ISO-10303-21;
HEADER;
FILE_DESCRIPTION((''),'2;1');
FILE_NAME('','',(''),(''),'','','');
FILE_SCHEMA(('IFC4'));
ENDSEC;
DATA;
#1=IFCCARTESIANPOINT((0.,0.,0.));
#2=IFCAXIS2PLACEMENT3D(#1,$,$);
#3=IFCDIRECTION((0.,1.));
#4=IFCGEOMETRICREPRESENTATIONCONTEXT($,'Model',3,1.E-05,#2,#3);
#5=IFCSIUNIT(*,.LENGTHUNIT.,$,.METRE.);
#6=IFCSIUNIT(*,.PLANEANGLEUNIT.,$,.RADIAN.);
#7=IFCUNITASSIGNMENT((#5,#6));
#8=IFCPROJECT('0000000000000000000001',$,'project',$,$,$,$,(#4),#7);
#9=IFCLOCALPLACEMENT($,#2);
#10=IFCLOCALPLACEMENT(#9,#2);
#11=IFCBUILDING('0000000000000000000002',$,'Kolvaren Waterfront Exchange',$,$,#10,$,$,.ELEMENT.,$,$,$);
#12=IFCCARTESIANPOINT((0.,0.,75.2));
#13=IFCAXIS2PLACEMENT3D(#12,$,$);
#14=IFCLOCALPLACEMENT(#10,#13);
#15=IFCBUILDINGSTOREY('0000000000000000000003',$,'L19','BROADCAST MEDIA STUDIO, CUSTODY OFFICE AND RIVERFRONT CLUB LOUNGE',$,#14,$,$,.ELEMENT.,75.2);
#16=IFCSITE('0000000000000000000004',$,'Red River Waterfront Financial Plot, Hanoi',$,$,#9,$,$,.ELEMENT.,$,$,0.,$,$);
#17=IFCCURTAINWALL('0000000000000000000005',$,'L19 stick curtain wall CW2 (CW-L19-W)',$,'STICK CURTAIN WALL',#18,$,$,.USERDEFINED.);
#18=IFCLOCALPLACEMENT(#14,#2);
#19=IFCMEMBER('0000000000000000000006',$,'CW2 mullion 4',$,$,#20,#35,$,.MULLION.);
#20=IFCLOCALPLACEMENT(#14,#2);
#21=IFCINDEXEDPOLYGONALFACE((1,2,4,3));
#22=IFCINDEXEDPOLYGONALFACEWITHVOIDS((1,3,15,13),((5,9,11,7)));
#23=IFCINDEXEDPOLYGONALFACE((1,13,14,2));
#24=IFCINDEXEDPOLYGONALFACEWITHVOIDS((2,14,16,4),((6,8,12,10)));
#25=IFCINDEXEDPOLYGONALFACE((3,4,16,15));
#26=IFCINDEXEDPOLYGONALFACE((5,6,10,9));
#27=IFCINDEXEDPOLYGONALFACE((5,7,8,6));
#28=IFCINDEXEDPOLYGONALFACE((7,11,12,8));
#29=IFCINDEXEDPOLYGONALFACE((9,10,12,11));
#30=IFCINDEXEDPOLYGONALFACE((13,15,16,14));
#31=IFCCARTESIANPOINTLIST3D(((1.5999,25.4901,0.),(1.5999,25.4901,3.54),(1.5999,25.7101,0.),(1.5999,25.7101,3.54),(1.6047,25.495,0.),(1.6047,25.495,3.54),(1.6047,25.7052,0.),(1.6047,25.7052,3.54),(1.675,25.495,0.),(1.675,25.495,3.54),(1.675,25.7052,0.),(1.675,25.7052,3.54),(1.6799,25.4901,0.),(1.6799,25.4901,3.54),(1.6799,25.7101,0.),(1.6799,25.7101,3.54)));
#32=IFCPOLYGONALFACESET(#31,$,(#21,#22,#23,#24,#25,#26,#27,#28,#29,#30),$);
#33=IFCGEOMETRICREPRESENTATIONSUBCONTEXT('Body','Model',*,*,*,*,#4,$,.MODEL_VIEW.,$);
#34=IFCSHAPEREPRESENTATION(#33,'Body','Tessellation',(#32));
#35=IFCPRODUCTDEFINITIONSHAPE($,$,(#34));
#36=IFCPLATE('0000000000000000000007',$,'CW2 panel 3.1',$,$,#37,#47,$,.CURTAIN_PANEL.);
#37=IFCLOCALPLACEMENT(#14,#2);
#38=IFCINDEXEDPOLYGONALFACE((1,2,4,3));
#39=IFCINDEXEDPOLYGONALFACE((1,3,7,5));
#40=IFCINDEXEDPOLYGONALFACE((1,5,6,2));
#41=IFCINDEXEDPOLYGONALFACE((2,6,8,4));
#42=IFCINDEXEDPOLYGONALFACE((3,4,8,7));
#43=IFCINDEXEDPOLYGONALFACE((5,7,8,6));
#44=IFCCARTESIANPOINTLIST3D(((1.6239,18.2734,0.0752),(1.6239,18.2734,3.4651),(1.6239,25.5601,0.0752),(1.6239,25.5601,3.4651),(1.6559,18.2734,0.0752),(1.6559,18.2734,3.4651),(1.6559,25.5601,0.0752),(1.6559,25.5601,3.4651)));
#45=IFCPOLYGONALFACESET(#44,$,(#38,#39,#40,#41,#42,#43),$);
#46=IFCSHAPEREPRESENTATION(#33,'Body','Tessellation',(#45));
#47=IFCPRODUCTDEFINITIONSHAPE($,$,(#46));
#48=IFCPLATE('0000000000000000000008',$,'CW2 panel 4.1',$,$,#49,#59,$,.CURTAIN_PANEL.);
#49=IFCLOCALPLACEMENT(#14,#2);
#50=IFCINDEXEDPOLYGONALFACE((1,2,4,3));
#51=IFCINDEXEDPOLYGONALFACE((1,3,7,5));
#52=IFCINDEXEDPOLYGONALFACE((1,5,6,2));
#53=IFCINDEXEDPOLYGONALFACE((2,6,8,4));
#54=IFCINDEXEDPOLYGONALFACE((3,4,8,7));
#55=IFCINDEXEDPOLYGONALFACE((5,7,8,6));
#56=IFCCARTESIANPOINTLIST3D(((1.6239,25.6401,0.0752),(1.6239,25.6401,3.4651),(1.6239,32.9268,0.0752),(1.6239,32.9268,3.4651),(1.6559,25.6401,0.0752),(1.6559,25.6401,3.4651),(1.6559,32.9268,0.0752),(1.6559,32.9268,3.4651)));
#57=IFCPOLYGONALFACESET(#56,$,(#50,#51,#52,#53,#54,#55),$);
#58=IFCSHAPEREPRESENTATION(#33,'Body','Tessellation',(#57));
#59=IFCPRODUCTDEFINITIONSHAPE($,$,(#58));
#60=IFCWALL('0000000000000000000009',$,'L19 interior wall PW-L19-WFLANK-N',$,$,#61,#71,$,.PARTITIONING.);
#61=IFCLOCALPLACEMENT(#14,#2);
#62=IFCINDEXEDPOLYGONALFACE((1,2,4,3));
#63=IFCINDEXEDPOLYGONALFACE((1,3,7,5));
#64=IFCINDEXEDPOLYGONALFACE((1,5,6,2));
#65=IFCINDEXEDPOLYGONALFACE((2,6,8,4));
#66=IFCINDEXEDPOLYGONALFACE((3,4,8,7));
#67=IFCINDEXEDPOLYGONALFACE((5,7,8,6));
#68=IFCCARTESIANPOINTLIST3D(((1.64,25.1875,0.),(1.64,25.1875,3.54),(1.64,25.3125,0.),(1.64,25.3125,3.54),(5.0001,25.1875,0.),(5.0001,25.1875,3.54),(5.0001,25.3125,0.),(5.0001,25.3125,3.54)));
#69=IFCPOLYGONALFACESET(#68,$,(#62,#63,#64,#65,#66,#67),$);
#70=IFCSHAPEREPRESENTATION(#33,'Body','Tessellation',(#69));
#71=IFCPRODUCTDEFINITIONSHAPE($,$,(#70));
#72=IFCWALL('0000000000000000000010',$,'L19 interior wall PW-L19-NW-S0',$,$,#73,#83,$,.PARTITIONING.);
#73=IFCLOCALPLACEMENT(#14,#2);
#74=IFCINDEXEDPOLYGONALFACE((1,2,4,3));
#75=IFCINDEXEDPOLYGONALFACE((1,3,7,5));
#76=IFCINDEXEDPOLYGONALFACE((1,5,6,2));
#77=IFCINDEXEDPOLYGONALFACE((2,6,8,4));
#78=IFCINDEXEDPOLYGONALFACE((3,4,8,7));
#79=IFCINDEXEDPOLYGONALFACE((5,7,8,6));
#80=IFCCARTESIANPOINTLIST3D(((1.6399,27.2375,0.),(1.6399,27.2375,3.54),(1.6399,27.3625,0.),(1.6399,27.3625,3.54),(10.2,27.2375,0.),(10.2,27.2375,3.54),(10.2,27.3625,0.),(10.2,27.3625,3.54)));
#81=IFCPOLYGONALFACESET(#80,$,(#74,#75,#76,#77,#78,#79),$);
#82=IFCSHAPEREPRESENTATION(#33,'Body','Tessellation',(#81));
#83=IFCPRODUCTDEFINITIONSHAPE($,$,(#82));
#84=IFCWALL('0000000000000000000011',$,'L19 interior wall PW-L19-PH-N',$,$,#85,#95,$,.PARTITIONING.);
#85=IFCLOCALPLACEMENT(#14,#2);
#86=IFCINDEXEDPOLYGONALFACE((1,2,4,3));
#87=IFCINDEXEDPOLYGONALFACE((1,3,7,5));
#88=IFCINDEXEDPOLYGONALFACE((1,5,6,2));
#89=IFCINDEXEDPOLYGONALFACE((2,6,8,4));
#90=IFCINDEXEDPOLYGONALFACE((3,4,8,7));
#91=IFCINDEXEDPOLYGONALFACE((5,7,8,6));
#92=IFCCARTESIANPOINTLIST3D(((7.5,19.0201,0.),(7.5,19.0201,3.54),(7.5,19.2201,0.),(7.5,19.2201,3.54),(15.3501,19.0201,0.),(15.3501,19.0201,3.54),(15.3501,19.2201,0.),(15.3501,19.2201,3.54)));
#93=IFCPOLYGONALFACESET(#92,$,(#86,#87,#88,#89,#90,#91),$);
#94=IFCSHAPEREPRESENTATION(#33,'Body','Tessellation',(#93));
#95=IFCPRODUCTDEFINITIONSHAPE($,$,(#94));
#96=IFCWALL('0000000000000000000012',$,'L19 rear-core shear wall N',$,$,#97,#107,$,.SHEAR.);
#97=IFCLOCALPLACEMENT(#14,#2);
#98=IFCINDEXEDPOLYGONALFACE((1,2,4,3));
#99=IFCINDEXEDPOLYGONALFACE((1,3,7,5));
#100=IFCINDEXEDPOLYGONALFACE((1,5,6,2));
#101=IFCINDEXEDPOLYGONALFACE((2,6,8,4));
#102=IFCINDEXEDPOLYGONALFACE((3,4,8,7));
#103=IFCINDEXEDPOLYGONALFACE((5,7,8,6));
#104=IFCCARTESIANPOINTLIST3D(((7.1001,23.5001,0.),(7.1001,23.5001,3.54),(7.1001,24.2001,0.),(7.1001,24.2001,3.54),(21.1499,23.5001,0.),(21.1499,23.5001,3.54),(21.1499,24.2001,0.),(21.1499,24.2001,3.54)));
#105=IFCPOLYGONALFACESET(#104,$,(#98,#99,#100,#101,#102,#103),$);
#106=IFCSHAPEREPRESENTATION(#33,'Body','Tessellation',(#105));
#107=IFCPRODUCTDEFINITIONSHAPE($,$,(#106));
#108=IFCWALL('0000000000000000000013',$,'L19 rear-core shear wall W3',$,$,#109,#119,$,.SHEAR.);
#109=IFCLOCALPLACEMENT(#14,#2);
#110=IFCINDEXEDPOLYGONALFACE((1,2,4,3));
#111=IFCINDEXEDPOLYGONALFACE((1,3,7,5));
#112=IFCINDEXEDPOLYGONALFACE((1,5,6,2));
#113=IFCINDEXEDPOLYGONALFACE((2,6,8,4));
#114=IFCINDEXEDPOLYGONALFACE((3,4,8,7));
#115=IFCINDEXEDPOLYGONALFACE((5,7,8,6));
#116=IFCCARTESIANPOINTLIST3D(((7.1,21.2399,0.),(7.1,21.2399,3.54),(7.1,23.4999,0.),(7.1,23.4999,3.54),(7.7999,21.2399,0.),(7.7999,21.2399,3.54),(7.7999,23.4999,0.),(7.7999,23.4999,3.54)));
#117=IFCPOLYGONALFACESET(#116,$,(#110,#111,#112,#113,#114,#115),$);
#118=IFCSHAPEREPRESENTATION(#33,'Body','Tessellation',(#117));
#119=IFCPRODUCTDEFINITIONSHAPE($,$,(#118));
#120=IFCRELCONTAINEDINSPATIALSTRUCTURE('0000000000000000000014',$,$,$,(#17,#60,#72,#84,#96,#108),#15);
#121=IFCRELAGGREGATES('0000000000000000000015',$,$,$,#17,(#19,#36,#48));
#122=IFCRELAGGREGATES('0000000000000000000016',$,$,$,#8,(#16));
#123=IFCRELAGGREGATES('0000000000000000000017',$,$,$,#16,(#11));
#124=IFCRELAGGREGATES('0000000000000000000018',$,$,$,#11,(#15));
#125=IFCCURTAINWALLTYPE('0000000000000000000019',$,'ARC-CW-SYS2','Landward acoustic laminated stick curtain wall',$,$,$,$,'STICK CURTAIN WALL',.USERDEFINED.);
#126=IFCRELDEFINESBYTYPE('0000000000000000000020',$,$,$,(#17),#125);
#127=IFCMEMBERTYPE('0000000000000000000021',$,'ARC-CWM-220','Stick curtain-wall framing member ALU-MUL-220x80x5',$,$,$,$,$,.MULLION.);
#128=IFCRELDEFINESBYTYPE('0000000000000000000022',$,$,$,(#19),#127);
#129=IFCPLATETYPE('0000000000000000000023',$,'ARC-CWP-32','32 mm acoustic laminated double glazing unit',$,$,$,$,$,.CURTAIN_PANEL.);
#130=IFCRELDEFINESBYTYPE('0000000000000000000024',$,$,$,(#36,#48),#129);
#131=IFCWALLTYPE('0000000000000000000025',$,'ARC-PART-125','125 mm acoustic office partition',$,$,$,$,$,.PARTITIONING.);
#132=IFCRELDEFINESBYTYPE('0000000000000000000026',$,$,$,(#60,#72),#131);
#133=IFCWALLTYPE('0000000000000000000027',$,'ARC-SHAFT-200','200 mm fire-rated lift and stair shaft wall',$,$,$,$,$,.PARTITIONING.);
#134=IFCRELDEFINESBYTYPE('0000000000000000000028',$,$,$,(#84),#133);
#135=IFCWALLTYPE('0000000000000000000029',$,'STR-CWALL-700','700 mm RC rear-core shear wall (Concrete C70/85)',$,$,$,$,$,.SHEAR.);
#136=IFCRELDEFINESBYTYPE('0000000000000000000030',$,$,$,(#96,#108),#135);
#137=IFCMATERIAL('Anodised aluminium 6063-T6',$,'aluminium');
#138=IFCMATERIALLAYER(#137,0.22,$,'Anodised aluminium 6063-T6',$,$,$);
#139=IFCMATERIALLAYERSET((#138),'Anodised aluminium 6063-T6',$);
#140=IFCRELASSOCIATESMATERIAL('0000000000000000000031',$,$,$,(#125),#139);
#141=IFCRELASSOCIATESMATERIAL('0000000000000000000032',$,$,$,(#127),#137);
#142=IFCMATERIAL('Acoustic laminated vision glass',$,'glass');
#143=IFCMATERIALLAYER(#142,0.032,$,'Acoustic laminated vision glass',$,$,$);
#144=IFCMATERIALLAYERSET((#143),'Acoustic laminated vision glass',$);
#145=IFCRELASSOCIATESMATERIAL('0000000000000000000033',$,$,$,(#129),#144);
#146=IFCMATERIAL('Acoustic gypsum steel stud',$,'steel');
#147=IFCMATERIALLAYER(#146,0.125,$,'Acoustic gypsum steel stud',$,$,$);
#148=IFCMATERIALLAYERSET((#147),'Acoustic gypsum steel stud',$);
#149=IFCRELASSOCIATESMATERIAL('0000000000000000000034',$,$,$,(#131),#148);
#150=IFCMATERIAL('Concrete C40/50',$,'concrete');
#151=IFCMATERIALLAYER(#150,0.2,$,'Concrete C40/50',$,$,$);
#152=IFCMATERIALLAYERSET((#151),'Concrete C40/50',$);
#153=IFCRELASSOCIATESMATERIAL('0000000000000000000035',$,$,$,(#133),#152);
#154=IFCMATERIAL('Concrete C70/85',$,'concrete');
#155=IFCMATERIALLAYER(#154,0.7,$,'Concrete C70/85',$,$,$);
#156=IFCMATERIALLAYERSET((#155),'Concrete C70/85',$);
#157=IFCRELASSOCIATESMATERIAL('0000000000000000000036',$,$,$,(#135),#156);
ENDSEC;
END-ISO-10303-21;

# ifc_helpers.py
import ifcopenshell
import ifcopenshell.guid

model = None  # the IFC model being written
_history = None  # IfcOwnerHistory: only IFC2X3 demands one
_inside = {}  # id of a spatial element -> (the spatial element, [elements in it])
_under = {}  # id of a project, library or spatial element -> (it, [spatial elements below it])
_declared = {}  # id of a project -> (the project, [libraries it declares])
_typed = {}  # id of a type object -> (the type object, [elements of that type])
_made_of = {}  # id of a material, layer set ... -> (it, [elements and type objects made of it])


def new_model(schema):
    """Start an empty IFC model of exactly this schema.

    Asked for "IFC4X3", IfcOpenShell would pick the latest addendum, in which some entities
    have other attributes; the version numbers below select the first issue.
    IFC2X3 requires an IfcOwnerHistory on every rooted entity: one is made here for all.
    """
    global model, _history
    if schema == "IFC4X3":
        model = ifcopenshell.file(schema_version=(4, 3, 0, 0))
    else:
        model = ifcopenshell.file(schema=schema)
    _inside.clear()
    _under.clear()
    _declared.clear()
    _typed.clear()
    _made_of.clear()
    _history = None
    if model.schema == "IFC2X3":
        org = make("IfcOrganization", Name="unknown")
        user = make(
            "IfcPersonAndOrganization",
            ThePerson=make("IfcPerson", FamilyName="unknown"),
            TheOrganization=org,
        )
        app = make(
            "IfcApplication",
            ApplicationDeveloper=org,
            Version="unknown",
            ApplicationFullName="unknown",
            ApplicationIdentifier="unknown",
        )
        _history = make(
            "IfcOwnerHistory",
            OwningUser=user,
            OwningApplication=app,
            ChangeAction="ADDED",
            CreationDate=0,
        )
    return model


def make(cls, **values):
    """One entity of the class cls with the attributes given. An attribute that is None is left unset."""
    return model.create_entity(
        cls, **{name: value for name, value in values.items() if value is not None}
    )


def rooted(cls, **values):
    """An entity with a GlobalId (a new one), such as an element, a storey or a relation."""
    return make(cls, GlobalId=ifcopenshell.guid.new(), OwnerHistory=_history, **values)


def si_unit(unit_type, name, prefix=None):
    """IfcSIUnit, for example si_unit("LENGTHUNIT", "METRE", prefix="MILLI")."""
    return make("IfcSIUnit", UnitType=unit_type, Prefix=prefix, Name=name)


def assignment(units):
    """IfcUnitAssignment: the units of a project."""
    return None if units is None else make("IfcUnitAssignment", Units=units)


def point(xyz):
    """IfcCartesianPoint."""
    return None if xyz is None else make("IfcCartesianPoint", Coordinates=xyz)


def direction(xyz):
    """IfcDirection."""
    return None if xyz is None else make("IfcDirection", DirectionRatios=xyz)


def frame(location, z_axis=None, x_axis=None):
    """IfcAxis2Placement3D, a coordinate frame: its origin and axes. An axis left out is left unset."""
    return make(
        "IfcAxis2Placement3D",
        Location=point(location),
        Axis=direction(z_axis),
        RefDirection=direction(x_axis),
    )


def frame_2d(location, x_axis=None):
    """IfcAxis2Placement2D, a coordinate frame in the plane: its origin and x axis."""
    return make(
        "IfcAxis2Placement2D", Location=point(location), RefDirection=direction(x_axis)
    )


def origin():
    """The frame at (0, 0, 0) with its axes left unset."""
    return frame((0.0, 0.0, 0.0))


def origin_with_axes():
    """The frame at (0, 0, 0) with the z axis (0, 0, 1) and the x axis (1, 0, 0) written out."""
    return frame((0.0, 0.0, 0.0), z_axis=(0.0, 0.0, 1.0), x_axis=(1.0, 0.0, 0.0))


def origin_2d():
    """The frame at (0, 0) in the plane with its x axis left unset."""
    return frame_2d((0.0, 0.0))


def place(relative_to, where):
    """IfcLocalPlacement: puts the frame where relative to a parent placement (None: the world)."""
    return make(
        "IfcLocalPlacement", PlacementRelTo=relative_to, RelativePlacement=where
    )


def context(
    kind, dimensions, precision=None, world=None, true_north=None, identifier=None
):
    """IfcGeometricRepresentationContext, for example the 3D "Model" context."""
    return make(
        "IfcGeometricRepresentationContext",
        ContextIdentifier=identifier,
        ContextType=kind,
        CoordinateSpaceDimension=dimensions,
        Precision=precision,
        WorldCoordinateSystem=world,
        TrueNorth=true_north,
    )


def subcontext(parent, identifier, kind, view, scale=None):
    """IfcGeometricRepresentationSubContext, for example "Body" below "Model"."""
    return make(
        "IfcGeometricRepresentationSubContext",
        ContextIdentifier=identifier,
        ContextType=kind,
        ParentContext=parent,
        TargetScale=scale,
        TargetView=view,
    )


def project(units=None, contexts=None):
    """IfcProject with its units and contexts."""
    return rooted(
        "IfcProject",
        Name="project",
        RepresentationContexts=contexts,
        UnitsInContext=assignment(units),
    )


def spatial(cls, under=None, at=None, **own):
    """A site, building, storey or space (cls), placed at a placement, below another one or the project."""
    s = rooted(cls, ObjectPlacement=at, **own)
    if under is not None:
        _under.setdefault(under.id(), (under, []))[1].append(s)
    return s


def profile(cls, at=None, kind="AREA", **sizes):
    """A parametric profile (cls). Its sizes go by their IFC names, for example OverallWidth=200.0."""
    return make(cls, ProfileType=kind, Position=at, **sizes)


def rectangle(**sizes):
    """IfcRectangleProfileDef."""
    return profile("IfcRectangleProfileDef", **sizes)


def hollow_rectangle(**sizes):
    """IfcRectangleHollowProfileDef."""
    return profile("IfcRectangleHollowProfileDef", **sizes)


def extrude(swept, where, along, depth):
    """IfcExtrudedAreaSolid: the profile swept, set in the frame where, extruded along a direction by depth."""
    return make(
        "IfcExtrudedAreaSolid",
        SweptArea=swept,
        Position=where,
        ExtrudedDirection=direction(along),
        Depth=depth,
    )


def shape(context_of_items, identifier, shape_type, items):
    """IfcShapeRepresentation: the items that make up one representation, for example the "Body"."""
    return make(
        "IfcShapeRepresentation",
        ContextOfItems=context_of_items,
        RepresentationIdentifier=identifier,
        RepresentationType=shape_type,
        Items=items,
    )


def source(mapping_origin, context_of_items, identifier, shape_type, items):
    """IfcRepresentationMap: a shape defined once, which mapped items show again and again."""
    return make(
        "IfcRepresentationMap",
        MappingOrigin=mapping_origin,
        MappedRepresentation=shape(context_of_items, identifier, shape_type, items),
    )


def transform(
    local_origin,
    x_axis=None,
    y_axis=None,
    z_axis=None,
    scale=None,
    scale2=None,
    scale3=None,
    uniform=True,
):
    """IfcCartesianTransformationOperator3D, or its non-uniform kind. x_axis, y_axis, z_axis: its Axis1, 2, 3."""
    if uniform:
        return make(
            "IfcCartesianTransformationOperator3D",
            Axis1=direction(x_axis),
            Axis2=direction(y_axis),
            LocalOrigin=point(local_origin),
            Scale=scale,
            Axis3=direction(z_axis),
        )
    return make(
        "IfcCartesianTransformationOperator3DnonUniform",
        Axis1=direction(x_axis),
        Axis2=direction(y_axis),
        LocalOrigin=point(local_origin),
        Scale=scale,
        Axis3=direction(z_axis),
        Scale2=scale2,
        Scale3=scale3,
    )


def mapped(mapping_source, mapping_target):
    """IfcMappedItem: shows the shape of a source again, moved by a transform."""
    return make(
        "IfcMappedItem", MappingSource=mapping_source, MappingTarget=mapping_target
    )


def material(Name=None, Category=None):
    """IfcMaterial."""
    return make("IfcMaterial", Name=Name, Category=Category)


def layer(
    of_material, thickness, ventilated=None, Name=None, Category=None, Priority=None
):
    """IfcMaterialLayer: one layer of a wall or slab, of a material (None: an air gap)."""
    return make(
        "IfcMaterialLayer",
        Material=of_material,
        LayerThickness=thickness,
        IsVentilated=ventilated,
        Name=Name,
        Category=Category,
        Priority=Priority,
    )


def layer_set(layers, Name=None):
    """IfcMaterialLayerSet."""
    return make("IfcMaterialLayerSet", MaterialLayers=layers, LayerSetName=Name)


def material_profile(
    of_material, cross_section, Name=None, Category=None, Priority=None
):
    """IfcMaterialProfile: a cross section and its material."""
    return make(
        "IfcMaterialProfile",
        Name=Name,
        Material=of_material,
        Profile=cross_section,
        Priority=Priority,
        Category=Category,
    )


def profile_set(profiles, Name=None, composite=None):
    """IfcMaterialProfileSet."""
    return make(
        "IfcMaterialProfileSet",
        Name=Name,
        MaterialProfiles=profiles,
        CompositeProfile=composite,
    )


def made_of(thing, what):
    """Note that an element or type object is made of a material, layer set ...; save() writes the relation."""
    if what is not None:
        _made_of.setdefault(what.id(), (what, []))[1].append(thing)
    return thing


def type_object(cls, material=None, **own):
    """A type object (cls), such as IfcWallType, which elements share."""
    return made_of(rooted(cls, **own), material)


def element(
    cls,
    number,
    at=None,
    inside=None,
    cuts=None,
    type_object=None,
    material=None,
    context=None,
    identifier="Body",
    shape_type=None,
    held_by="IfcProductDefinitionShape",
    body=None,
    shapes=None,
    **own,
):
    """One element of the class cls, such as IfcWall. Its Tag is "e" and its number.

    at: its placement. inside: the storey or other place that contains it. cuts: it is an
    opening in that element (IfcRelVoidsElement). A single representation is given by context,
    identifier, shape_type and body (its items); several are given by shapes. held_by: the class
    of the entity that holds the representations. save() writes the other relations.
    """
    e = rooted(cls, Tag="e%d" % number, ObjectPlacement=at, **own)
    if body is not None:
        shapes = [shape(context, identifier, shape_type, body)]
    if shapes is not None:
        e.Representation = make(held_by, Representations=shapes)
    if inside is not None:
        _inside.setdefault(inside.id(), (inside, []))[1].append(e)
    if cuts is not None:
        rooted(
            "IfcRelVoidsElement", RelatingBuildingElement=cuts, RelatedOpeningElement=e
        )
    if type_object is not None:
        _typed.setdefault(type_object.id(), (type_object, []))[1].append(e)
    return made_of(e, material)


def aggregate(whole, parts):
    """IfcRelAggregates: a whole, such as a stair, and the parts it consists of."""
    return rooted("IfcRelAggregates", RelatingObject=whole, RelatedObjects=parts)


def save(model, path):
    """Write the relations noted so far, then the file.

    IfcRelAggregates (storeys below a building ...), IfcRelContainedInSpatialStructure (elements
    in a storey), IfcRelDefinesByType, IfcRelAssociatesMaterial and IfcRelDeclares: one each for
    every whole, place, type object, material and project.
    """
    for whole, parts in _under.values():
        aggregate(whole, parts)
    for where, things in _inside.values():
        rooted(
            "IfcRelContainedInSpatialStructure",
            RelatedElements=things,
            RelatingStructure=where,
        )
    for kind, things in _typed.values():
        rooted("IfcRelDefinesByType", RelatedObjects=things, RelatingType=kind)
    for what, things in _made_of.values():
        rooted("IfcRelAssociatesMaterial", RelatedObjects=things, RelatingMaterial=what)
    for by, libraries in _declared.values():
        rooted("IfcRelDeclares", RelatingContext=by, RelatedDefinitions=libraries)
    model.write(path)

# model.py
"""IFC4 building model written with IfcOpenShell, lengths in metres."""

from ifc_helpers import new_model, si_unit, direction, frame, frame_2d, origin, origin_with_axes, origin_2d, place, context, subcontext, project, spatial, rectangle, hollow_rectangle, extrude, source, transform, mapped, material, layer, layer_set, material_profile, profile_set, type_object, element, aggregate, save


model = new_model("IFC4")

# Units and contexts
model_context = context("Model", 3, precision=1e-05, world=origin(), true_north=direction((0.0, 1.0)))
body_context = subcontext(model_context, "Body", "Model", "MODEL_VIEW")
ifc_project = project(units=[si_unit("LENGTHUNIT", "METRE"), si_unit("PLANEANGLEUNIT", "RADIAN")], contexts=[model_context])

# Site, building, storey
site_placement = place(None, origin())
site = spatial("IfcSite", under=ifc_project, at=site_placement, Name="Red River Waterfront Financial Plot, Hanoi", CompositionType="ELEMENT", RefElevation=0.0)
building_placement = place(site_placement, origin())
building = spatial("IfcBuilding", under=site, at=building_placement, Name="Kolvaren Waterfront Exchange", CompositionType="ELEMENT")
storey_placement = place(building_placement, frame((0.0, 0.0, 75.2)))
storey = spatial("IfcBuildingStorey", under=building, at=storey_placement, Name="L19", Description="BROADCAST MEDIA STUDIO, CUSTODY OFFICE AND RIVERFRONT CLUB LOUNGE", CompositionType="ELEMENT", Elevation=75.2)

# Shared definitions
ifc_material_1 = material(Name="Concrete C70/85", Category="concrete")

# Curtain wall, member, plates
ifc_material_2 = material(Name="Anodised aluminium 6063-T6", Category="aluminium")
ifc_layer_1 = layer(ifc_material_2, 0.22, Name="Anodised aluminium 6063-T6")
ifc_layer_set_1 = layer_set([ifc_layer_1], Name="Anodised aluminium 6063-T6")
curtain_wall_type = type_object("IfcCurtainWallType", Name="ARC-CW-SYS2", Description="Landward acoustic laminated stick curtain wall", ElementType="STICK CURTAIN WALL", PredefinedType="USERDEFINED", material=ifc_layer_set_1)
curtain_wall_placement = place(storey_placement, origin())
curtain_wall = element("IfcCurtainWall", 1, at=curtain_wall_placement, inside=storey, type_object=curtain_wall_type, Name="L19 stick curtain wall CW2 (CW-L19-W)", ObjectType="STICK CURTAIN WALL", PredefinedType="USERDEFINED")
ifc_material_profile_1 = material_profile(ifc_material_2, hollow_rectangle(XDim=0.0801, YDim=0.22, WallThickness=0.0049, at=origin_2d()), Name="ALU-MUL-220x80x5")
ifc_profile_set_1 = profile_set([ifc_material_profile_1], Name="Anodised aluminium 6063-T6")
member_type_1 = type_object("IfcMemberType", Name="ARC-CWM-220", Description="Stick curtain-wall framing member ALU-MUL-220x80x5", PredefinedType="MULLION", material=ifc_profile_set_1)
shared_shape_1 = source(origin_with_axes(), body_context, "Body", "SweptSolid", [
    extrude(hollow_rectangle(XDim=0.0801, YDim=0.22, WallThickness=0.0049, at=origin_2d()), origin(), (0.0, 0.0, 1.0), 3.54),
])
member_1_placement = place(storey_placement, frame((1.6399, 25.6001, 0.0), z_axis=(0.0, 0.0, 1.0), x_axis=(-1.0, 0.0, 0.0)))
member_1 = element("IfcMember", 2, at=member_1_placement, type_object=member_type_1, Name="CW2 mullion 4", PredefinedType="MULLION", context=body_context, shape_type="MappedRepresentation", body=[
    mapped(shared_shape_1, transform((0.0, 0.0, 0.0), x_axis=(1.0, 0.0, 0.0), y_axis=(0.0, 1.0, 0.0), z_axis=(0.0, 0.0, 1.0), scale=1.0)),
])
ifc_material_3 = material(Name="Acoustic laminated vision glass", Category="glass")
ifc_layer_2 = layer(ifc_material_3, 0.032, Name="Acoustic laminated vision glass")
ifc_layer_set_2 = layer_set([ifc_layer_2], Name="Acoustic laminated vision glass")
plate_type = type_object("IfcPlateType", Name="ARC-CWP-32", Description="32 mm acoustic laminated double glazing unit", PredefinedType="CURTAIN_PANEL", material=ifc_layer_set_2)
shared_shape_2 = source(origin_with_axes(), body_context, "Body", "SweptSolid", [
    extrude(rectangle(XDim=7.2866, YDim=0.032, at=origin_2d()), origin(), (0.0, 0.0, 1.0), 3.3899),
])
plate_1_placement = place(storey_placement, frame((1.6399, 21.9167, 0.0752), z_axis=(0.0, 0.0, 1.0), x_axis=(0.0, 1.0, 0.0)))
plate_1 = element("IfcPlate", 3, at=plate_1_placement, type_object=plate_type, Name="CW2 panel 3.1", PredefinedType="CURTAIN_PANEL", context=body_context, shape_type="MappedRepresentation", body=[
    mapped(shared_shape_2, transform((0.0, 0.0, 0.0), x_axis=(1.0, 0.0, 0.0), y_axis=(0.0, 1.0, 0.0), z_axis=(0.0, 0.0, 1.0), scale=1.0)),
])
plate_2_placement = place(storey_placement, frame((1.6399, 29.2834, 0.0752), z_axis=(0.0, 0.0, 1.0), x_axis=(0.0, 1.0, 0.0)))
plate_2 = element("IfcPlate", 4, at=plate_2_placement, type_object=plate_type, Name="CW2 panel 4.1", PredefinedType="CURTAIN_PANEL", context=body_context, shape_type="MappedRepresentation", body=[
    mapped(shared_shape_2, transform((0.0, 0.0, 0.0), x_axis=(1.0, 0.0, 0.0), y_axis=(0.0, 1.0, 0.0), z_axis=(0.0, 0.0, 1.0), scale=1.0)),
])
aggregate(curtain_wall, [member_1, plate_1, plate_2])

# Walls
ifc_material_4 = material(Name="Acoustic gypsum steel stud", Category="steel")
ifc_layer_3 = layer(ifc_material_4, 0.125, Name="Acoustic gypsum steel stud")
ifc_layer_set_3 = layer_set([ifc_layer_3], Name="Acoustic gypsum steel stud")
wall_type_1 = type_object("IfcWallType", Name="ARC-PART-125", Description="125 mm acoustic office partition", PredefinedType="PARTITIONING", material=ifc_layer_set_3)
wall_1_placement = place(storey_placement, frame((1.6399, 25.25, 0.0), z_axis=(0.0, 0.0, 1.0), x_axis=(1.0, 0.0, 0.0)))
element("IfcWall", 5, at=wall_1_placement, inside=storey, type_object=wall_type_1, Name="L19 interior wall PW-L19-WFLANK-N", PredefinedType="PARTITIONING", context=body_context, shape_type="SweptSolid", body=[
    extrude(rectangle(XDim=3.3601, YDim=0.125, at=frame_2d((1.6802, 0.0))), origin(), (0.0, 0.0, 1.0), 3.54),
])
wall_2_placement = place(storey_placement, frame((1.6399, 27.3, 0.0), z_axis=(0.0, 0.0, 1.0), x_axis=(1.0, 0.0, 0.0)))
element("IfcWall", 6, at=wall_2_placement, inside=storey, type_object=wall_type_1, Name="L19 interior wall PW-L19-NW-S0", PredefinedType="PARTITIONING", context=body_context, shape_type="SweptSolid", body=[
    extrude(rectangle(XDim=8.5601, YDim=0.125, at=frame_2d((4.28, 0.0))), origin(), (0.0, 0.0, 1.0), 3.54),
])

# Walls
ifc_material_5 = material(Name="Concrete C40/50", Category="concrete")
ifc_layer_4 = layer(ifc_material_5, 0.2, Name="Concrete C40/50")
ifc_layer_set_4 = layer_set([ifc_layer_4], Name="Concrete C40/50")
wall_type_2 = type_object("IfcWallType", Name="ARC-SHAFT-200", Description="200 mm fire-rated lift and stair shaft wall", PredefinedType="PARTITIONING", material=ifc_layer_set_4)
wall_3_placement = place(storey_placement, frame((7.5, 19.1201, 0.0), z_axis=(0.0, 0.0, 1.0), x_axis=(1.0, 0.0, 0.0)))
element("IfcWall", 7, at=wall_3_placement, inside=storey, type_object=wall_type_2, Name="L19 interior wall PW-L19-PH-N", PredefinedType="PARTITIONING", context=body_context, shape_type="SweptSolid", body=[
    extrude(rectangle(XDim=7.8501, YDim=0.2, at=frame_2d((3.925, 0.0))), origin(), (0.0, 0.0, 1.0), 3.54),
])
ifc_layer_5 = layer(ifc_material_1, 0.7, Name="Concrete C70/85")
ifc_layer_set_5 = layer_set([ifc_layer_5], Name="Concrete C70/85")
wall_type_3 = type_object("IfcWallType", Name="STR-CWALL-700", Description="700 mm RC rear-core shear wall (Concrete C70/85)", PredefinedType="SHEAR", material=ifc_layer_set_5)
wall_4_placement = place(storey_placement, frame((7.1001, 23.8501, 0.0), z_axis=(0.0, 0.0, 1.0), x_axis=(1.0, 0.0, 0.0)))
element("IfcWall", 8, at=wall_4_placement, inside=storey, type_object=wall_type_3, Name="L19 rear-core shear wall N", PredefinedType="SHEAR", context=body_context, shape_type="SweptSolid", body=[
    extrude(rectangle(XDim=14.0498, YDim=0.7, at=frame_2d((7.0249, 0.0))), origin(), (0.0, 0.0, 1.0), 3.54),
])
wall_5_placement = place(storey_placement, frame((7.45, 21.24, 0.0), z_axis=(0.0, 0.0, 1.0), x_axis=(0.0, 1.0, 0.0)))
element("IfcWall", 9, at=wall_5_placement, inside=storey, type_object=wall_type_3, Name="L19 rear-core shear wall W3", PredefinedType="SHEAR", context=body_context, shape_type="SweptSolid", body=[
    extrude(rectangle(XDim=2.26, YDim=0.7, at=frame_2d((1.1299, 0.0))), origin(), (0.0, 0.0, 1.0), 3.54),
])

save(model, "model.ifc")
